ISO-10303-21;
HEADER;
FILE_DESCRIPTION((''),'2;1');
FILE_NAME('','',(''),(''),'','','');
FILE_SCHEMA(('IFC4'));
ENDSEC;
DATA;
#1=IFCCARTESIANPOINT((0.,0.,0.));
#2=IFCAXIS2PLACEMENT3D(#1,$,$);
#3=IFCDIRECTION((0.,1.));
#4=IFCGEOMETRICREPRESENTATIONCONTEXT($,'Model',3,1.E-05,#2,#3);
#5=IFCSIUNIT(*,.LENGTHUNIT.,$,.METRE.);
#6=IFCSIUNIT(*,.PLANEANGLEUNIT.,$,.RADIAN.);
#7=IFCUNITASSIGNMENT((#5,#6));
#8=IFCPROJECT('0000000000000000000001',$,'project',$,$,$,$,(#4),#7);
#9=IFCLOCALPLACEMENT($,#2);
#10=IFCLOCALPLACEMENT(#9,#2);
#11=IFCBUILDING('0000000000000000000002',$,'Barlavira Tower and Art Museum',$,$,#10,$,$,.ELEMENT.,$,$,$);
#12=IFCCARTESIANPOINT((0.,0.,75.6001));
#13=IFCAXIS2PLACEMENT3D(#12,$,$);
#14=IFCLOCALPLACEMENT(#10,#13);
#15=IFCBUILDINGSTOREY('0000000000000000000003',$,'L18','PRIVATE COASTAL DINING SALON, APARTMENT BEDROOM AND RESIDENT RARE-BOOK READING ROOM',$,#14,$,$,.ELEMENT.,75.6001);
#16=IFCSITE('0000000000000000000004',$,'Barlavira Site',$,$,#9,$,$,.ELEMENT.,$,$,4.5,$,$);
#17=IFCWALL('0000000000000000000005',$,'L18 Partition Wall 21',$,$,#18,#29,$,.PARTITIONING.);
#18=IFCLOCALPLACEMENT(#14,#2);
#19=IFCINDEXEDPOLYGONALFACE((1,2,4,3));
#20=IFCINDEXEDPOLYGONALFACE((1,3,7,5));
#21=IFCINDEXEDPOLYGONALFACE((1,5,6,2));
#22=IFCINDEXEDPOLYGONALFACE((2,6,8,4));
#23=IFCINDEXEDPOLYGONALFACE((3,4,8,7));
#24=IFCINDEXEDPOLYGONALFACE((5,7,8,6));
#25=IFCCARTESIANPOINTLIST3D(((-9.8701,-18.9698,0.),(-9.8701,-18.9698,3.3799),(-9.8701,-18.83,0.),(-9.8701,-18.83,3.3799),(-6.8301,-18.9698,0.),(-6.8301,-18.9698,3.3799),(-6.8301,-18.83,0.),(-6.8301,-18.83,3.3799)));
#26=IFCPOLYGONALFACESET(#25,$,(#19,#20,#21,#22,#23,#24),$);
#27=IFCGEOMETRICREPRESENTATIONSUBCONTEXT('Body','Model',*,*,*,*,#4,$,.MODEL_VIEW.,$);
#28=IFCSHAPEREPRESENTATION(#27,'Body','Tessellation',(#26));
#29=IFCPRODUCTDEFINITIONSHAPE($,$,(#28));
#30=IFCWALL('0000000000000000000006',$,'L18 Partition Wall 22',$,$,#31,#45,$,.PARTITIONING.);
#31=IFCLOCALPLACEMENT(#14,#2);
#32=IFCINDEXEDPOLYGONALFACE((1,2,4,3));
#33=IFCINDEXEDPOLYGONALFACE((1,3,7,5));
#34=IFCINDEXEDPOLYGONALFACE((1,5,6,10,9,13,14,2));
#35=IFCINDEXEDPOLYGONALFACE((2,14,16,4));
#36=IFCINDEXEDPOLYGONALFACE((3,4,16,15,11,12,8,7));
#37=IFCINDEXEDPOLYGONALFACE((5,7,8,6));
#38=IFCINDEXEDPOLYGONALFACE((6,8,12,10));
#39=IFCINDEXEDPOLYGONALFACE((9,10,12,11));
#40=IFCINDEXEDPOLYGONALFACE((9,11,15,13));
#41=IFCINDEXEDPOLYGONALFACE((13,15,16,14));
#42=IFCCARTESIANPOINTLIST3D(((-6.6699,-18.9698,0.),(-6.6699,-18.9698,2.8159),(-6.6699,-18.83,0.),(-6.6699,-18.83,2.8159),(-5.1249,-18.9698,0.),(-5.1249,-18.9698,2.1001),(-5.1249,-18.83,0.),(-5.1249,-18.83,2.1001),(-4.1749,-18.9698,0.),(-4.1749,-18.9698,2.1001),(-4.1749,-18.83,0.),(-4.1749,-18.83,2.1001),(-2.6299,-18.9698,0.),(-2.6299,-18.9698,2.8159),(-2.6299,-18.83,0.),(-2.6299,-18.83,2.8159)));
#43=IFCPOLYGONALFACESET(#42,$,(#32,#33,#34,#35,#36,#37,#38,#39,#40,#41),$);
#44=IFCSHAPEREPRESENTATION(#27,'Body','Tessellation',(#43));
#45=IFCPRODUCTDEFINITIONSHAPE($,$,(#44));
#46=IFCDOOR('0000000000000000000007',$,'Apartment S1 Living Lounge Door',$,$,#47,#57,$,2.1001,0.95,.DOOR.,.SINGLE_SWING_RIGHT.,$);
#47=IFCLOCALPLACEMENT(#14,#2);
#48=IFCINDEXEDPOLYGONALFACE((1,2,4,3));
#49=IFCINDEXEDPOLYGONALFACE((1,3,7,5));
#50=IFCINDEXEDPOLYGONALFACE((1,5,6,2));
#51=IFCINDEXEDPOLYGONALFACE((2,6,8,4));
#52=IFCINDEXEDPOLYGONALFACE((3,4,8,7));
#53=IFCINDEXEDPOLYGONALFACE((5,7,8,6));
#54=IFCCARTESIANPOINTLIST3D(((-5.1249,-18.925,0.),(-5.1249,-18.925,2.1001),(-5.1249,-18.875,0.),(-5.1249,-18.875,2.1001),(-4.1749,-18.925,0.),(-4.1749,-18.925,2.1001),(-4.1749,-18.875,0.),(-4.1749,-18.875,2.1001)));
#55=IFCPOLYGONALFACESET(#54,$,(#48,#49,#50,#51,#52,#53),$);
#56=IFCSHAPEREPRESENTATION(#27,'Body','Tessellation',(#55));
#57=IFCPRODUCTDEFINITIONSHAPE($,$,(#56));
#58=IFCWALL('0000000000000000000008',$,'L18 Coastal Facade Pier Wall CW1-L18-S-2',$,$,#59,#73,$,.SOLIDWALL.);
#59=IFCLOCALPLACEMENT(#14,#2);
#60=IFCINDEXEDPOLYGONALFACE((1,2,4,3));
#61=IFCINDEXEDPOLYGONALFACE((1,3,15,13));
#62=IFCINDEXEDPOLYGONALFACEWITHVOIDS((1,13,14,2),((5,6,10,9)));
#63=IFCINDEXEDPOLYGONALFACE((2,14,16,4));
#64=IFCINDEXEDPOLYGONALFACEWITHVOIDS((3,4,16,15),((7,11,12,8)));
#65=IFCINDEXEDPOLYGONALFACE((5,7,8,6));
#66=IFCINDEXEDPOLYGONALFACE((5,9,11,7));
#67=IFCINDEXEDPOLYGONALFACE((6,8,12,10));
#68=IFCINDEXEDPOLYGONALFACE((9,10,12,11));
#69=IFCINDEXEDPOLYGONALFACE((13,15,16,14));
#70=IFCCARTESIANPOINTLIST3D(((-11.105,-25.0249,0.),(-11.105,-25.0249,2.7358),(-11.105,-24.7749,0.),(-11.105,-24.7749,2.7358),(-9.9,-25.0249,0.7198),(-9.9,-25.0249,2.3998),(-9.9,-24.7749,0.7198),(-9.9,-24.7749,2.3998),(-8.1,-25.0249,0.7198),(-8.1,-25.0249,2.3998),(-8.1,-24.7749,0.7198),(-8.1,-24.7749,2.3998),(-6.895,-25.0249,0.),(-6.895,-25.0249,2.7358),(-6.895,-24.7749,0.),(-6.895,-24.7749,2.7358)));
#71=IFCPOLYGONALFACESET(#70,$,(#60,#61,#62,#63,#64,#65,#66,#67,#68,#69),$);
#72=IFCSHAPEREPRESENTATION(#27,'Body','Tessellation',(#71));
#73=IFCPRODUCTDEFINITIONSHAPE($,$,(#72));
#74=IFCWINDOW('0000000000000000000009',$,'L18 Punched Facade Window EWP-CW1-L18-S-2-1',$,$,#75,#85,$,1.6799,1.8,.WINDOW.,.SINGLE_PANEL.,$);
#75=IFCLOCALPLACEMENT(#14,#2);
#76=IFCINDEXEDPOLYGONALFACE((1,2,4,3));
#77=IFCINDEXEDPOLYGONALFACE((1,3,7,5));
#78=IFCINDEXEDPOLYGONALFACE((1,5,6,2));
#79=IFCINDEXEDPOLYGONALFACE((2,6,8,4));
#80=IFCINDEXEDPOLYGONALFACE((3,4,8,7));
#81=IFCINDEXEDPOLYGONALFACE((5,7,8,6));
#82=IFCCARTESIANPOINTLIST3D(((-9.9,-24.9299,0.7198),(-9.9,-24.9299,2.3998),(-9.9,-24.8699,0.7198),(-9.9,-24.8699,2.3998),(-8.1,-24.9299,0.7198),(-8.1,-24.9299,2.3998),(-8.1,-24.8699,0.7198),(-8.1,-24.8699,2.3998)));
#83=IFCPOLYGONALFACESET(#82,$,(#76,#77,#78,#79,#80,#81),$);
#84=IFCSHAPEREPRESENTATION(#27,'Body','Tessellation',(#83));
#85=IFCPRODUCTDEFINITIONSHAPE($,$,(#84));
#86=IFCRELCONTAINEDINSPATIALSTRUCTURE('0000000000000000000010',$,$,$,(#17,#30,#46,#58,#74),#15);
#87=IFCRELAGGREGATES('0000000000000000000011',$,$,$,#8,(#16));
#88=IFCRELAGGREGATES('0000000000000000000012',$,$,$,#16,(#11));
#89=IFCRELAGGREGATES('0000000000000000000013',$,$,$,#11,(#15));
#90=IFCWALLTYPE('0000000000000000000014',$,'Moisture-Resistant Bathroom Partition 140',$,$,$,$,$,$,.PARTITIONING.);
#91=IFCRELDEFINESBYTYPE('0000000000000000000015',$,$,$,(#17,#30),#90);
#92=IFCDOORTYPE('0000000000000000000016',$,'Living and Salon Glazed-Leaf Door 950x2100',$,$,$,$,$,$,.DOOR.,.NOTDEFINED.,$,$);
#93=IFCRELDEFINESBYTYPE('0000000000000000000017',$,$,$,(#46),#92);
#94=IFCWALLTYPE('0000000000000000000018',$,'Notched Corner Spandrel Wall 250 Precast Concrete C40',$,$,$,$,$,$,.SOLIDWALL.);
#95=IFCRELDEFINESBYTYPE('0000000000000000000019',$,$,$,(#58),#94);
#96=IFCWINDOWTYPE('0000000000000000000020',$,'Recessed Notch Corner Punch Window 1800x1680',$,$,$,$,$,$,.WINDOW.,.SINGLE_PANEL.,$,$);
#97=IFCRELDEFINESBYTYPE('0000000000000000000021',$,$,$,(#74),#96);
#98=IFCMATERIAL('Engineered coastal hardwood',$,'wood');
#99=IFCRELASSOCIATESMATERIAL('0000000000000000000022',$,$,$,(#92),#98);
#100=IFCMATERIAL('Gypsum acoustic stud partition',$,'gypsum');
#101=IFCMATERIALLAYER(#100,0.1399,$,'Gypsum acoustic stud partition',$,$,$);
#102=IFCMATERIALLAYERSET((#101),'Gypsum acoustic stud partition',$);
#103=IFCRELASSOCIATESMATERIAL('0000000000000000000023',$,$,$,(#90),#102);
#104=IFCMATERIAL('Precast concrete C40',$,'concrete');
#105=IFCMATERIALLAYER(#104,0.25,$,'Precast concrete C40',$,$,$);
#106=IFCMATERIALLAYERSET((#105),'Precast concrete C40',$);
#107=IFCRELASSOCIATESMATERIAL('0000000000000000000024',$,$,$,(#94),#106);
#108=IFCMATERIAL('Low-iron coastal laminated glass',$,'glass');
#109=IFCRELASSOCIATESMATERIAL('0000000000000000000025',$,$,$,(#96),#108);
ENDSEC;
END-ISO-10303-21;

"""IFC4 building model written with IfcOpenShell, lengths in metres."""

from ifc_helpers import new_model, si_unit, direction, frame, frame_2d, origin, place, context, subcontext, project, spatial, rectangle, extrude, material, layer, layer_set, type_object, element, fill, save


model = new_model("IFC4")

# Units and contexts
model_context = context("Model", 3, precision=1e-05, world=origin(), true_north=direction((0.0, 1.0)))
body_context = subcontext(model_context, "Body", "Model", "MODEL_VIEW")
ifc_project = project(units=[si_unit("LENGTHUNIT", "METRE"), si_unit("PLANEANGLEUNIT", "RADIAN")], contexts=[model_context])

# Site, building, storey
site_placement = place(None, origin())
site = spatial("IfcSite", under=ifc_project, at=site_placement, Name="Barlavira Site", CompositionType="ELEMENT", RefElevation=4.5)
building_placement = place(site_placement, origin())
building = spatial("IfcBuilding", under=site, at=building_placement, Name="Barlavira Tower and Art Museum", CompositionType="ELEMENT")
storey_placement = place(building_placement, frame((0.0, 0.0, 75.6001)))
storey = spatial("IfcBuildingStorey", under=building, at=storey_placement, Name="L18", Description="PRIVATE COASTAL DINING SALON, APARTMENT BEDROOM AND RESIDENT RARE-BOOK READING ROOM", CompositionType="ELEMENT", Elevation=75.6001)

# Shared definitions
ifc_material_1 = material(Name="Gypsum acoustic stud partition", Category="gypsum")
ifc_material_2 = material(Name="Engineered coastal hardwood", Category="wood")

# Shared definitions
door_type_1 = type_object("IfcDoorType", Name="Living and Salon Glazed-Leaf Door 950x2100", OperationType="NOTDEFINED", PredefinedType="DOOR", material=ifc_material_2)

# Wall
ifc_layer_1 = layer(ifc_material_1, 0.1399, Name="Gypsum acoustic stud partition")
ifc_layer_set_1 = layer_set([ifc_layer_1], Name="Gypsum acoustic stud partition")
wall_type_1 = type_object("IfcWallType", Name="Moisture-Resistant Bathroom Partition 140", PredefinedType="PARTITIONING", material=ifc_layer_set_1)
wall_1_placement = place(storey_placement, frame((-9.8701, -18.8999, 0.0), z_axis=(0.0, 0.0, 1.0), x_axis=(1.0, 0.0, 0.0)))
element("IfcWall", 1, at=wall_1_placement, inside=storey, type_object=wall_type_1, Name="L18 Partition Wall 21", PredefinedType="PARTITIONING", context=body_context, shape_type="SweptSolid", body=[
    extrude(rectangle(XDim=3.04, YDim=0.1399, at=frame_2d((1.52, 0.0))), origin(), (0.0, 0.0, 1.0), 3.3799),
])

# Wall, opening, door
wall_2_placement = place(storey_placement, frame((-6.6699, -18.8999, 0.0), z_axis=(0.0, 0.0, 1.0), x_axis=(1.0, 0.0, 0.0)))
wall_2 = element("IfcWall", 2, at=wall_2_placement, inside=storey, type_object=wall_type_1, Name="L18 Partition Wall 22", PredefinedType="PARTITIONING", context=body_context, shape_type="SweptSolid", body=[
    extrude(rectangle(XDim=4.04, YDim=0.1399, at=frame_2d((2.02, 0.0))), origin(), (0.0, 0.0, 1.0), 2.8159),
])
opening_1_placement = place(wall_2_placement, frame((1.5449, 0.0, 0.0)))
opening_1 = element("IfcOpeningElement", 3, at=opening_1_placement, cuts=wall_2, PredefinedType="OPENING", context=body_context, shape_type="SweptSolid", body=[
    extrude(rectangle(XDim=0.95, YDim=2.1001, at=frame_2d((0.4751, 1.05))), frame((0.0, 0.0801, 0.0), z_axis=(0.0, -1.0, 0.0), x_axis=(1.0, 0.0, 0.0)), (0.0, 0.0, 1.0), 0.1599),
])
door_1_placement = place(opening_1_placement, origin())
door_1 = element("IfcDoor", 4, at=door_1_placement, inside=storey, type_object=door_type_1, Name="Apartment S1 Living Lounge Door", OperationType="SINGLE_SWING_RIGHT", OverallHeight=2.1001, OverallWidth=0.95, PredefinedType="DOOR", context=body_context, shape_type="SweptSolid", body=[
    extrude(rectangle(XDim=0.95, YDim=2.1001, at=frame_2d((0.4751, 1.05))), frame((0.0, 0.0249, 0.0), z_axis=(0.0, -1.0, 0.0), x_axis=(1.0, 0.0, 0.0)), (0.0, 0.0, 1.0), 0.05),
])
fill(opening_1, door_1)

# Wall, opening, window
ifc_material_3 = material(Name="Precast concrete C40", Category="concrete")
ifc_layer_2 = layer(ifc_material_3, 0.25, Name="Precast concrete C40")
ifc_layer_set_2 = layer_set([ifc_layer_2], Name="Precast concrete C40")
wall_type_2 = type_object("IfcWallType", Name="Notched Corner Spandrel Wall 250 Precast Concrete C40", PredefinedType="SOLIDWALL", material=ifc_layer_set_2)
wall_3_placement = place(storey_placement, frame((-11.105, -24.8999, 0.0), z_axis=(0.0, 0.0, 1.0), x_axis=(1.0, 0.0, 0.0)))
wall_3 = element("IfcWall", 5, at=wall_3_placement, inside=storey, type_object=wall_type_2, Name="L18 Coastal Facade Pier Wall CW1-L18-S-2", PredefinedType="SOLIDWALL", context=body_context, shape_type="SweptSolid", body=[
    extrude(rectangle(XDim=4.21, YDim=0.25, at=frame_2d((2.105, 0.0))), origin(), (0.0, 0.0, 1.0), 2.7358),
])
opening_2_placement = place(wall_3_placement, frame((1.2051, 0.0, 0.72)))
opening_2 = element("IfcOpeningElement", 6, at=opening_2_placement, cuts=wall_3, PredefinedType="OPENING", context=body_context, shape_type="SweptSolid", body=[
    extrude(rectangle(XDim=1.8, YDim=1.6799, at=frame_2d((0.8999, 0.8398))), frame((0.0, 0.135, 0.0), z_axis=(0.0, -1.0, 0.0), x_axis=(1.0, 0.0, 0.0)), (0.0, 0.0, 1.0), 0.27),
])
ifc_material_4 = material(Name="Low-iron coastal laminated glass", Category="glass")
window_type = type_object("IfcWindowType", Name="Recessed Notch Corner Punch Window 1800x1680", PartitioningType="SINGLE_PANEL", PredefinedType="WINDOW", material=ifc_material_4)
window_placement = place(opening_2_placement, origin())
window = element("IfcWindow", 7, at=window_placement, inside=storey, type_object=window_type, Name="L18 Punched Facade Window EWP-CW1-L18-S-2-1", OverallHeight=1.6799, OverallWidth=1.8, PartitioningType="SINGLE_PANEL", PredefinedType="WINDOW", context=body_context, shape_type="SweptSolid", body=[
    extrude(rectangle(XDim=1.8, YDim=1.6799, at=frame_2d((0.8999, 0.8398))), frame((0.0, 0.03, 0.0), z_axis=(0.0, -1.0, 0.0), x_axis=(1.0, 0.0, 0.0)), (0.0, 0.0, 1.0), 0.0601),
])
fill(opening_2, window)

save(model, "model.ifc")
